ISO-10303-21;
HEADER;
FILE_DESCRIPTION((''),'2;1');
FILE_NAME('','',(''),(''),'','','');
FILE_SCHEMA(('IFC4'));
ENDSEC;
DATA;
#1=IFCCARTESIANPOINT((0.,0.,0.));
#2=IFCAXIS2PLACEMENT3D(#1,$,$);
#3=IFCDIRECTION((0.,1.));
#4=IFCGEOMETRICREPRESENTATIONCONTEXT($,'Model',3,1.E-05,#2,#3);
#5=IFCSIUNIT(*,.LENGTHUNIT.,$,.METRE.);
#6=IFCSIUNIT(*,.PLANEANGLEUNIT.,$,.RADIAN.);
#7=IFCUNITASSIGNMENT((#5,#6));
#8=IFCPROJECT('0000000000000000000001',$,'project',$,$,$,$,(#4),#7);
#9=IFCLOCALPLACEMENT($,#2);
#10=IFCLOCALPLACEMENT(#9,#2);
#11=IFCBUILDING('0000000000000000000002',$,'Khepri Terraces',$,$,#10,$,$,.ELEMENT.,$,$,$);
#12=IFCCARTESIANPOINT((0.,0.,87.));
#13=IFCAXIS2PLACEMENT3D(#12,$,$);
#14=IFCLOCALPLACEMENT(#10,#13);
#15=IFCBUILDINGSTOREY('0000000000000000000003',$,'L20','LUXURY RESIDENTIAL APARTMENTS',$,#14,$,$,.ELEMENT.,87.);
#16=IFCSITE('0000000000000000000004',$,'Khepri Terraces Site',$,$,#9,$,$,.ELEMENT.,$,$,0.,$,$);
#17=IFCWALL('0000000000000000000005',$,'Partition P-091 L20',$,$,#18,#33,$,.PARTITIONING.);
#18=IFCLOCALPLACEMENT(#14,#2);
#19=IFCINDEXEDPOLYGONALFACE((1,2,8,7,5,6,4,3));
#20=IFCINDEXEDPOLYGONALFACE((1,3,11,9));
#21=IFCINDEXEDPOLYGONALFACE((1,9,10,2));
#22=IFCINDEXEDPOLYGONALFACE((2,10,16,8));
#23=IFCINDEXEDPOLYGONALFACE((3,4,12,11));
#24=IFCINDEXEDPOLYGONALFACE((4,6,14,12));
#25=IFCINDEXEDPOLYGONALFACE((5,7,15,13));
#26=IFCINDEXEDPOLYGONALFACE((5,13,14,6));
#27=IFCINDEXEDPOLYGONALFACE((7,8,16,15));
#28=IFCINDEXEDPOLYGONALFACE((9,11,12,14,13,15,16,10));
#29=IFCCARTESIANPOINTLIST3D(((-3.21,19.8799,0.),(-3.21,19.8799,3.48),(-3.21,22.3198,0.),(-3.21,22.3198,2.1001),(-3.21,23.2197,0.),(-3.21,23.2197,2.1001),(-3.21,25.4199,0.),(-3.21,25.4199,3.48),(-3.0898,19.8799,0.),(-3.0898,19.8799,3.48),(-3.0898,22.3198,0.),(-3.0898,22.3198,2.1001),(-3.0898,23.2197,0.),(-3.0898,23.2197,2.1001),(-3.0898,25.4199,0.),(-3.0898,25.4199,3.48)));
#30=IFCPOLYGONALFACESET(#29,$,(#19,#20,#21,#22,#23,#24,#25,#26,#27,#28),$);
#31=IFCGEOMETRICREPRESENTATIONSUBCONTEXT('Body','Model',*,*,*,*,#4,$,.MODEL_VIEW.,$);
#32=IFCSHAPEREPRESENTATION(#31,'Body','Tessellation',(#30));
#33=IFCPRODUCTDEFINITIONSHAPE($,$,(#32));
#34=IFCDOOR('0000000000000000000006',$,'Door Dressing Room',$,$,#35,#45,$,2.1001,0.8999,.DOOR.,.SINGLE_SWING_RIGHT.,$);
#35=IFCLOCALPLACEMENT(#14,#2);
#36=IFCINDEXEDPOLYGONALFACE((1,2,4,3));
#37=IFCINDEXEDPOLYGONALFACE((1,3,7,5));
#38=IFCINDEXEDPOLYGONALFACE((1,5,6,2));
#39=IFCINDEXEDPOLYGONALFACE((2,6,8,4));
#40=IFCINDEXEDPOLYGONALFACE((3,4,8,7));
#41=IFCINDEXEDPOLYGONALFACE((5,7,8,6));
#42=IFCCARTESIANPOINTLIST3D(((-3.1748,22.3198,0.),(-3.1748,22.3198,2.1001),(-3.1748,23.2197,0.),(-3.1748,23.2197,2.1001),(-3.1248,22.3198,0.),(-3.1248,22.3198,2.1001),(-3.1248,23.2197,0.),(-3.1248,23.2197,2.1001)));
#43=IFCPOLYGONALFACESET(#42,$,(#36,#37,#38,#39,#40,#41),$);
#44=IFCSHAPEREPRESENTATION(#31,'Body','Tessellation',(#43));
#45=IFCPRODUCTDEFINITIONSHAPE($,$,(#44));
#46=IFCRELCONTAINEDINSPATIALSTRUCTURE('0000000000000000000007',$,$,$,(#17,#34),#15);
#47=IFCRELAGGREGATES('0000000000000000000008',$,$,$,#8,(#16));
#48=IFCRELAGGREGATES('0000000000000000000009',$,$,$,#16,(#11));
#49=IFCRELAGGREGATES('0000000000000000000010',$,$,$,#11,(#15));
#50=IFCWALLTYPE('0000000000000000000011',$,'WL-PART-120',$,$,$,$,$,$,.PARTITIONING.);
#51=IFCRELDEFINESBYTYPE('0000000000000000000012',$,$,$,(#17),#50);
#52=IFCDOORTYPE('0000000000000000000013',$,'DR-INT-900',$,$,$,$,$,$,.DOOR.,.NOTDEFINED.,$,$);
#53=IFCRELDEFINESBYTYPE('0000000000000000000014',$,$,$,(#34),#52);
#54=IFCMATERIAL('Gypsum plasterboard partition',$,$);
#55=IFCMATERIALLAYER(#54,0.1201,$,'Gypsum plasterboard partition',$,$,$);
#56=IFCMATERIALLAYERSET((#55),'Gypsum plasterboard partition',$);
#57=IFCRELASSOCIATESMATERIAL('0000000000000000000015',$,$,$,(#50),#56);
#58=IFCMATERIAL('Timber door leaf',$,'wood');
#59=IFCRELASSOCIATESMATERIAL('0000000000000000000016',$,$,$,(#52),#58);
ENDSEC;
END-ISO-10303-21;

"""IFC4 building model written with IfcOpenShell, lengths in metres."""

from ifc_helpers import new_model, si_unit, direction, frame, frame_2d, origin, place, context, subcontext, project, spatial, rectangle, extrude, material, layer, layer_set, type_object, element, fill, save


model = new_model("IFC4")

# Units and contexts
model_context = context("Model", 3, precision=1e-05, world=origin(), true_north=direction((0.0, 1.0)))
body_context = subcontext(model_context, "Body", "Model", "MODEL_VIEW")
ifc_project = project(units=[si_unit("LENGTHUNIT", "METRE"), si_unit("PLANEANGLEUNIT", "RADIAN")], contexts=[model_context])

# Site, building, storey
site_placement = place(None, origin())
site = spatial("IfcSite", under=ifc_project, at=site_placement, Name="Khepri Terraces Site", CompositionType="ELEMENT", RefElevation=0.0)
building_placement = place(site_placement, origin())
building = spatial("IfcBuilding", under=site, at=building_placement, Name="Khepri Terraces", CompositionType="ELEMENT")
storey_placement = place(building_placement, frame((0.0, 0.0, 87.0)))
storey = spatial("IfcBuildingStorey", under=building, at=storey_placement, Name="L20", Description="LUXURY RESIDENTIAL APARTMENTS", CompositionType="ELEMENT", Elevation=87.0)

# Shared definitions
ifc_material_1 = material(Name="Gypsum plasterboard partition")
ifc_layer_1 = layer(ifc_material_1, 0.1201, Name="Gypsum plasterboard partition")
ifc_layer_set_1 = layer_set([ifc_layer_1], Name="Gypsum plasterboard partition")
wall_type_1 = type_object("IfcWallType", Name="WL-PART-120", PredefinedType="PARTITIONING", material=ifc_layer_set_1)
ifc_material_2 = material(Name="Timber door leaf", Category="wood")
door_type_1 = type_object("IfcDoorType", Name="DR-INT-900", OperationType="NOTDEFINED", PredefinedType="DOOR", material=ifc_material_2)

# Wall, opening, door
wall_1_placement = place(storey_placement, frame((-3.1499, 19.8799, 0.0), z_axis=(0.0, 0.0, 1.0), x_axis=(0.0, 1.0, 0.0)))
wall_1 = element("IfcWall", 1, at=wall_1_placement, inside=storey, type_object=wall_type_1, Name="Partition P-091 L20", PredefinedType="PARTITIONING", context=body_context, shape_type="SweptSolid", body=[
    extrude(rectangle(XDim=5.54, YDim=0.1201, at=frame_2d((2.77, 0.0))), origin(), (0.0, 0.0, 1.0), 3.48),
])
opening_1_placement = place(wall_1_placement, frame((2.4399, 0.0, 0.0)))
opening_1 = element("IfcOpeningElement", 2, at=opening_1_placement, cuts=wall_1, PredefinedType="OPENING", context=body_context, shape_type="SweptSolid", body=[
    extrude(rectangle(XDim=0.8999, YDim=2.1001, at=frame_2d((0.45, 1.05))), frame((0.0, 0.0701, 0.0), z_axis=(0.0, -1.0, 0.0), x_axis=(1.0, 0.0, 0.0)), (0.0, 0.0, 1.0), 0.1401),
])
door_1_placement = place(opening_1_placement, origin())
door_1 = element("IfcDoor", 3, at=door_1_placement, inside=storey, type_object=door_type_1, Name="Door Dressing Room", OperationType="SINGLE_SWING_RIGHT", OverallHeight=2.1001, OverallWidth=0.8999, PredefinedType="DOOR", context=body_context, shape_type="SweptSolid", body=[
    extrude(rectangle(XDim=0.8999, YDim=2.1001, at=frame_2d((0.45, 1.05))), frame((0.0, 0.0249, 0.0), z_axis=(0.0, -1.0, 0.0), x_axis=(1.0, 0.0, 0.0)), (0.0, 0.0, 1.0), 0.05),
])
fill(opening_1, door_1)

save(model, "model.ifc")
